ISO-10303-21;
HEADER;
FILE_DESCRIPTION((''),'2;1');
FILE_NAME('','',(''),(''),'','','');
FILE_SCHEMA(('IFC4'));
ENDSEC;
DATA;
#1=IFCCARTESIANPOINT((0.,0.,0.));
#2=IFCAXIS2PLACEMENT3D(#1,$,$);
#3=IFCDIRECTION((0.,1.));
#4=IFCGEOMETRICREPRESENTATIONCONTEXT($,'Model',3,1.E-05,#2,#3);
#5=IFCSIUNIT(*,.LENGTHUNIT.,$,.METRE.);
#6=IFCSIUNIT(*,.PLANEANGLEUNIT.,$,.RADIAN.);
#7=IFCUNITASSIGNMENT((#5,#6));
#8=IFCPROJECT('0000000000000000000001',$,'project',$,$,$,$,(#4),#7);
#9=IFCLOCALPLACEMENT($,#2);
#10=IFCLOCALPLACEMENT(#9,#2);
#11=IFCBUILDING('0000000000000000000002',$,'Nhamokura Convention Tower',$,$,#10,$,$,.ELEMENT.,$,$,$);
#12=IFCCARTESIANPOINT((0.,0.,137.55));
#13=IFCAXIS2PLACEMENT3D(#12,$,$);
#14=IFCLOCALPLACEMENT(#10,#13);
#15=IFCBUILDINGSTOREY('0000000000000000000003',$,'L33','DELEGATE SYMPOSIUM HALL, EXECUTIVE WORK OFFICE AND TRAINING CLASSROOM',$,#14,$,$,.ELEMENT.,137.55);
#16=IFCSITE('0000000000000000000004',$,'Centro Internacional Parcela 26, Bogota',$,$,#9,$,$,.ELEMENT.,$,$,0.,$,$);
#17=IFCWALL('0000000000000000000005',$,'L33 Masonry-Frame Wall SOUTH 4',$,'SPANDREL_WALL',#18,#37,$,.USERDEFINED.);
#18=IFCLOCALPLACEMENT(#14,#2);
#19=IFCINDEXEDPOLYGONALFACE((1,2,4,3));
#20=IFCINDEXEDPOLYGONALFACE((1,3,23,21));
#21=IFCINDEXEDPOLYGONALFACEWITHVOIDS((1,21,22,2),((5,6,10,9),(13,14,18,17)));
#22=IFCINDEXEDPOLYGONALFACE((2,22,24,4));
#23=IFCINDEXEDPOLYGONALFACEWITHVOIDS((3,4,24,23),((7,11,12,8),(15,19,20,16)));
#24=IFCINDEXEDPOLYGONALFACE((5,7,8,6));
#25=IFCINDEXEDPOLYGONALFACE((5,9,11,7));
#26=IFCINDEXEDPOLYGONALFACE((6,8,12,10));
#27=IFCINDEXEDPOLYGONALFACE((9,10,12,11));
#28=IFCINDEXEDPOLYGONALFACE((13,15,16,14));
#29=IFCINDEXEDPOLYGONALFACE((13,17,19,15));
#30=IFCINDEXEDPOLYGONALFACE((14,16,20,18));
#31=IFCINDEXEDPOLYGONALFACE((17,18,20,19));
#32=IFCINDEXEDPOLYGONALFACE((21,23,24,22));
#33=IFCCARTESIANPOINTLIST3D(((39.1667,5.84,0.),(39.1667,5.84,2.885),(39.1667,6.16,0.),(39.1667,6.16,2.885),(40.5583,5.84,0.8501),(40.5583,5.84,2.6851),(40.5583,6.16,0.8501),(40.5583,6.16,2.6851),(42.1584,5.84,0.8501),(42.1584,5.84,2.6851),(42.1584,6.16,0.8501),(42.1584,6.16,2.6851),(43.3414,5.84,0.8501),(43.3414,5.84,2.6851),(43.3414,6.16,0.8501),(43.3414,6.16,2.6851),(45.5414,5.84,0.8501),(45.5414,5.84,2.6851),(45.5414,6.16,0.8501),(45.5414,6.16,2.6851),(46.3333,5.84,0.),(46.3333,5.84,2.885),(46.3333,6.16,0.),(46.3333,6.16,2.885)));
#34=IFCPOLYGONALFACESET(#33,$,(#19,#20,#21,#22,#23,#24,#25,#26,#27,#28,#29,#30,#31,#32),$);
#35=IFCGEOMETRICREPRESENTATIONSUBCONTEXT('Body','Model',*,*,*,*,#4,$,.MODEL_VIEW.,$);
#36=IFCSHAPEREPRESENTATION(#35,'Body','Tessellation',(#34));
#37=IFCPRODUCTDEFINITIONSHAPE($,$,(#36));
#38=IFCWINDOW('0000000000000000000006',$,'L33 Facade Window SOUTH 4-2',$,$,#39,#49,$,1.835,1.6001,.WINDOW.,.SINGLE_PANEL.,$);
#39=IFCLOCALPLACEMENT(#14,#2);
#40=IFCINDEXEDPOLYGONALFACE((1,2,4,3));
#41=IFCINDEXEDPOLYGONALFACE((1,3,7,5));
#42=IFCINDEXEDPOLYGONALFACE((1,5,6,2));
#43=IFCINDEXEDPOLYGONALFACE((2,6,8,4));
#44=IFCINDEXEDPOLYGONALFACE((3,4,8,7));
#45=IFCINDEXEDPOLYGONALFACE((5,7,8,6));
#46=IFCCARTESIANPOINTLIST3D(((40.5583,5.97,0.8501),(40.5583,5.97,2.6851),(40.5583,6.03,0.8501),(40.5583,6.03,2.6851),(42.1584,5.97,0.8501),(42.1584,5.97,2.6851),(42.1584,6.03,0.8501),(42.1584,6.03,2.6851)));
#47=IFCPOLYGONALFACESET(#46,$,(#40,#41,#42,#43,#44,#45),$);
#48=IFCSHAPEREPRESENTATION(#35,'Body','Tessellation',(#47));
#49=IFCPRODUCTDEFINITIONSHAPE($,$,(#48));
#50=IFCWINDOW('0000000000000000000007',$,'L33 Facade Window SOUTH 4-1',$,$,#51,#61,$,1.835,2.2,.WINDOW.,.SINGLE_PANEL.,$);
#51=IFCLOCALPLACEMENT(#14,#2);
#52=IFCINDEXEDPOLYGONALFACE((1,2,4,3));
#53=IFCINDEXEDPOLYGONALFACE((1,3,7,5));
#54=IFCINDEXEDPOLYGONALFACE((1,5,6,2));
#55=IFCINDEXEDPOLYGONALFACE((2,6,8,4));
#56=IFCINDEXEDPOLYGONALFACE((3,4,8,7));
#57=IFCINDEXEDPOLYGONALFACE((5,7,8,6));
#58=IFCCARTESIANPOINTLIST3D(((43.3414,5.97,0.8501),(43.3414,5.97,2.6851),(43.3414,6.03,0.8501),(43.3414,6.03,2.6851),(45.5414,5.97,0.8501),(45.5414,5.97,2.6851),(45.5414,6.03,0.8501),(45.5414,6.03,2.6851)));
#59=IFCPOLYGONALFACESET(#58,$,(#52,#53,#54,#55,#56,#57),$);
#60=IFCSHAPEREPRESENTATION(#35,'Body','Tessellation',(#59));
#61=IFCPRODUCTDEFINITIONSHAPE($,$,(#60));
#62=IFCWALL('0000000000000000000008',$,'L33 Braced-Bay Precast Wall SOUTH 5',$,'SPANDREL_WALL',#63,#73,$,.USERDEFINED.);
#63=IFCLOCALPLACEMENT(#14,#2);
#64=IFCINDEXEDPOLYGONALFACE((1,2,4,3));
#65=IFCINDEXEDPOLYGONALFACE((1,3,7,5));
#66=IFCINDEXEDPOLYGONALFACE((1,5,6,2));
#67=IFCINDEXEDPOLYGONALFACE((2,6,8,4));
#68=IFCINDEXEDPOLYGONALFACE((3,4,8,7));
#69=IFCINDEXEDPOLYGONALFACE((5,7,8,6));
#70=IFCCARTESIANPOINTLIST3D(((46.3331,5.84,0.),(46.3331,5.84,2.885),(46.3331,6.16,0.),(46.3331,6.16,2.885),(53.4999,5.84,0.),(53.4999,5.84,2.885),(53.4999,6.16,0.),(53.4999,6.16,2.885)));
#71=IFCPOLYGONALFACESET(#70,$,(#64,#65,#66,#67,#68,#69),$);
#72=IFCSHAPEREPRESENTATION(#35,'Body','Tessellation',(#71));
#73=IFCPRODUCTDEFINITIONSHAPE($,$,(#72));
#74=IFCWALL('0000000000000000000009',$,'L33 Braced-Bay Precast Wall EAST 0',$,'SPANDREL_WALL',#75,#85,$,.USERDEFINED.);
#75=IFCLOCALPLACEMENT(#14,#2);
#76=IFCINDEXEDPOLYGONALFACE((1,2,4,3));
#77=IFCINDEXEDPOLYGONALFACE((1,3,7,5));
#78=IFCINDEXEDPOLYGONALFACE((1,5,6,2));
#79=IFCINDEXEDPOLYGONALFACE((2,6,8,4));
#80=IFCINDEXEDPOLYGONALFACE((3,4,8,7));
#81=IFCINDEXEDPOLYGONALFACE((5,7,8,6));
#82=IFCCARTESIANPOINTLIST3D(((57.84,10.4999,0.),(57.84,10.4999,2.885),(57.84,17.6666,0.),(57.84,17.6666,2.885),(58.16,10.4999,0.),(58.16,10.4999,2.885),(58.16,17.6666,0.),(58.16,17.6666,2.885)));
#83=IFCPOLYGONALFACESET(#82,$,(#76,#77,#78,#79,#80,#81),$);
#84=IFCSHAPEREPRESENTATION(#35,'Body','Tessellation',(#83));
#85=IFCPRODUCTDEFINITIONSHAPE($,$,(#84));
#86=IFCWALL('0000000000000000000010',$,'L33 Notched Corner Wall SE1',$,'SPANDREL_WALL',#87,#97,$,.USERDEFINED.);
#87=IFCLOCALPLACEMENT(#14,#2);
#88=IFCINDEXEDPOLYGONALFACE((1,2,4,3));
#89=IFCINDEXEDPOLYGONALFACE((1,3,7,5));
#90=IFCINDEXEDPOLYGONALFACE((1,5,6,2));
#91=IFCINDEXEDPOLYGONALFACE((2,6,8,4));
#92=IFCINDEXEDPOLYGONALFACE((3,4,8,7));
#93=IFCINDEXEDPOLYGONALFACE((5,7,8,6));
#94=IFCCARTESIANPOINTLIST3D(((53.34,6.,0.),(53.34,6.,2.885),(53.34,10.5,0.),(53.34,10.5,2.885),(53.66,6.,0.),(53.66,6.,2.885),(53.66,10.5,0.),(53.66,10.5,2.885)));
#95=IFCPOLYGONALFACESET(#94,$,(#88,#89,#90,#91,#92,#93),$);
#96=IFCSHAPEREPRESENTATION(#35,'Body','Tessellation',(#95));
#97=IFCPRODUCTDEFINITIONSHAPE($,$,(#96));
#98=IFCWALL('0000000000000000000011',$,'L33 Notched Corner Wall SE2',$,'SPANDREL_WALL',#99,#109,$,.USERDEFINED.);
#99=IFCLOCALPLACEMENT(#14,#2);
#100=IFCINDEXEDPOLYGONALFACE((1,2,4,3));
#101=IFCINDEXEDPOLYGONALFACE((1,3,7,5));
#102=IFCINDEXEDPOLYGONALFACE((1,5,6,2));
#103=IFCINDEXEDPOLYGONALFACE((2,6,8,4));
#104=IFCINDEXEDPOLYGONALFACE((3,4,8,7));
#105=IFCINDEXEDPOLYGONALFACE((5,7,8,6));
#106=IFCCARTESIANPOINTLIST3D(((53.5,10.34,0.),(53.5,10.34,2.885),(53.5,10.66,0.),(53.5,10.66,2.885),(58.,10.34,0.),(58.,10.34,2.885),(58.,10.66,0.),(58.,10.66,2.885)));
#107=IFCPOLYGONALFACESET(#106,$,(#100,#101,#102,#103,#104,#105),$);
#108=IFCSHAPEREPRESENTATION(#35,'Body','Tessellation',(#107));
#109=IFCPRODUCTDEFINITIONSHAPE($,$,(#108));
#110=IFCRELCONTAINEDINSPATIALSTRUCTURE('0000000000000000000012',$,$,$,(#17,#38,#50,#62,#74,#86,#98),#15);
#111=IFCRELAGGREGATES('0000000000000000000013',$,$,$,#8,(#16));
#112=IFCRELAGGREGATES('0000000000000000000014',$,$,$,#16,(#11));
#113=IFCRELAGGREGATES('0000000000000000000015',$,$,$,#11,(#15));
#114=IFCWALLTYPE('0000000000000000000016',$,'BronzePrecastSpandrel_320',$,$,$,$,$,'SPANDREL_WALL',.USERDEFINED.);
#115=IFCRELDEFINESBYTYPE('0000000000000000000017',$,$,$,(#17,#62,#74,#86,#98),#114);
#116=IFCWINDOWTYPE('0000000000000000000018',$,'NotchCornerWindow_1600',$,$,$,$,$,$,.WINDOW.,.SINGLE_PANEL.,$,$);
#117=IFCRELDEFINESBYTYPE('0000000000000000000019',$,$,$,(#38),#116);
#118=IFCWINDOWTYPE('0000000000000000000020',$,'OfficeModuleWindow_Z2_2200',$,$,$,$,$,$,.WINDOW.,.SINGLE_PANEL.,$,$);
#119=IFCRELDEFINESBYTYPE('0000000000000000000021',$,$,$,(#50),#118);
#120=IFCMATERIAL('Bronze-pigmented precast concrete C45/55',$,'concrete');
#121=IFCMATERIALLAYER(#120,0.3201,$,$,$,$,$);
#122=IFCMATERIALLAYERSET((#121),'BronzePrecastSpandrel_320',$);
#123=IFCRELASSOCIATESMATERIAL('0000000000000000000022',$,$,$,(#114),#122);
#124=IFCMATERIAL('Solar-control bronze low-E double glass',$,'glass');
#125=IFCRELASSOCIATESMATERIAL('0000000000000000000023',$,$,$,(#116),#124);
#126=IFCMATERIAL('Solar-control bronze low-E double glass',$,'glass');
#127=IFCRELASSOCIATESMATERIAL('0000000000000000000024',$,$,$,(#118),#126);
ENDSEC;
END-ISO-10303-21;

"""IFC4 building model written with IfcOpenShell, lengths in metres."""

from ifc_helpers import new_model, si_unit, direction, frame, frame_2d, origin, place, context, subcontext, project, spatial, rectangle, extrude, material, layer, layer_set, type_object, element, fill, save


model = new_model("IFC4")

# Units and contexts
model_context = context("Model", 3, precision=1e-05, world=origin(), true_north=direction((0.0, 1.0)))
body_context = subcontext(model_context, "Body", "Model", "MODEL_VIEW")
ifc_project = project(units=[si_unit("LENGTHUNIT", "METRE"), si_unit("PLANEANGLEUNIT", "RADIAN")], contexts=[model_context])

# Site, building, storey
site_placement = place(None, origin())
site = spatial("IfcSite", under=ifc_project, at=site_placement, Name="Centro Internacional Parcela 26, Bogota", CompositionType="ELEMENT", RefElevation=0.0)
building_placement = place(site_placement, origin())
building = spatial("IfcBuilding", under=site, at=building_placement, Name="Nhamokura Convention Tower", CompositionType="ELEMENT")
storey_placement = place(building_placement, frame((0.0, 0.0, 137.55)))
storey = spatial("IfcBuildingStorey", under=building, at=storey_placement, Name="L33", Description="DELEGATE SYMPOSIUM HALL, EXECUTIVE WORK OFFICE AND TRAINING CLASSROOM", CompositionType="ELEMENT", Elevation=137.55)

# Wall, openings, windows
ifc_material_1 = material(Name="Bronze-pigmented precast concrete C45/55", Category="concrete")
ifc_layer = layer(ifc_material_1, 0.3201)
ifc_layer_set = layer_set([ifc_layer], Name="BronzePrecastSpandrel_320")
wall_type = type_object("IfcWallType", Name="BronzePrecastSpandrel_320", ElementType="SPANDREL_WALL", PredefinedType="USERDEFINED", material=ifc_layer_set)
wall_placement = place(storey_placement, frame((46.3333, 6.0, 0.0), z_axis=(0.0, 0.0, 1.0), x_axis=(-1.0, 0.0, 0.0)))
wall = element("IfcWall", 1, at=wall_placement, inside=storey, type_object=wall_type, Name="L33 Masonry-Frame Wall SOUTH 4", ObjectType="SPANDREL_WALL", PredefinedType="USERDEFINED", context=body_context, shape_type="SweptSolid", body=[
    extrude(rectangle(XDim=7.1665, YDim=0.3201, at=frame_2d((3.5833, 0.0))), origin(), (0.0, 0.0, 1.0), 2.885),
])
opening_1_placement = place(wall_placement, frame((0.7917, 0.0, 0.8501)))
opening_1 = element("IfcOpeningElement", 2, at=opening_1_placement, cuts=wall, PredefinedType="OPENING", context=body_context, shape_type="SweptSolid", body=[
    extrude(rectangle(XDim=2.2, YDim=1.835, at=frame_2d((1.1001, 0.9175))), frame((0.0, 0.1699, 0.0), z_axis=(0.0, -1.0, 0.0), x_axis=(1.0, 0.0, 0.0)), (0.0, 0.0, 1.0), 0.3401),
])
opening_2_placement = place(wall_placement, frame((4.1748, 0.0, 0.8501)))
opening_2 = element("IfcOpeningElement", 3, at=opening_2_placement, cuts=wall, PredefinedType="OPENING", context=body_context, shape_type="SweptSolid", body=[
    extrude(rectangle(XDim=1.6001, YDim=1.835, at=frame_2d((0.8, 0.9175))), frame((0.0, 0.1699, 0.0), z_axis=(0.0, -1.0, 0.0), x_axis=(1.0, 0.0, 0.0)), (0.0, 0.0, 1.0), 0.3401),
])
ifc_material_2 = material(Name="Solar-control bronze low-E double glass", Category="glass")
window_type_1 = type_object("IfcWindowType", Name="NotchCornerWindow_1600", PartitioningType="SINGLE_PANEL", PredefinedType="WINDOW", material=ifc_material_2)
window_1_placement = place(opening_2_placement, origin())
window_1 = element("IfcWindow", 4, at=window_1_placement, inside=storey, type_object=window_type_1, Name="L33 Facade Window SOUTH 4-2", OverallHeight=1.835, OverallWidth=1.6001, PartitioningType="SINGLE_PANEL", PredefinedType="WINDOW", context=body_context, shape_type="SweptSolid", body=[
    extrude(rectangle(XDim=1.6001, YDim=1.835, at=frame_2d((0.8, 0.9175))), frame((0.0, 0.03, 0.0), z_axis=(0.0, -1.0, 0.0), x_axis=(1.0, 0.0, 0.0)), (0.0, 0.0, 1.0), 0.0601),
])
fill(opening_2, window_1)
ifc_material_3 = material(Name="Solar-control bronze low-E double glass", Category="glass")
window_type_2 = type_object("IfcWindowType", Name="OfficeModuleWindow_Z2_2200", PartitioningType="SINGLE_PANEL", PredefinedType="WINDOW", material=ifc_material_3)
window_2_placement = place(opening_1_placement, origin())
window_2 = element("IfcWindow", 5, at=window_2_placement, inside=storey, type_object=window_type_2, Name="L33 Facade Window SOUTH 4-1", OverallHeight=1.835, OverallWidth=2.2, PartitioningType="SINGLE_PANEL", PredefinedType="WINDOW", context=body_context, shape_type="SweptSolid", body=[
    extrude(rectangle(XDim=2.2, YDim=1.835, at=frame_2d((1.1001, 0.9175))), frame((0.0, 0.03, 0.0), z_axis=(0.0, -1.0, 0.0), x_axis=(1.0, 0.0, 0.0)), (0.0, 0.0, 1.0), 0.0601),
])
fill(opening_1, window_2)

# Walls
for number, where, z_axis, x_axis, name in (
    (6, (53.5, 6.0, 0.0), (0.0, 0.0, 1.0), (-1.0, 0.0, 0.0), "L33 Braced-Bay Precast Wall SOUTH 5"),
    (7, (58.0, 17.6667, 0.0), (0.0, 0.0, 1.0), (0.0, -1.0, 0.0), "L33 Braced-Bay Precast Wall EAST 0"),
):
    element("IfcWall", number, at=place(storey_placement, frame(where, z_axis=z_axis, x_axis=x_axis)), inside=storey, type_object=wall_type, Name=name, ObjectType="SPANDREL_WALL", PredefinedType="USERDEFINED", context=body_context, shape_type="SweptSolid", body=[
        extrude(rectangle(XDim=7.1667, YDim=0.3201, at=frame_2d((3.5835, 0.0))), origin(), (0.0, 0.0, 1.0), 2.885),
    ])
for number, where, z_axis, x_axis, name in (
    (8, (53.5, 10.5, 0.0), (0.0, 0.0, 1.0), (0.0, -1.0, 0.0), "L33 Notched Corner Wall SE1"),
    (9, (58.0, 10.5, 0.0), (0.0, 0.0, 1.0), (-1.0, 0.0, 0.0), "L33 Notched Corner Wall SE2"),
):
    element("IfcWall", number, at=place(storey_placement, frame(where, z_axis=z_axis, x_axis=x_axis)), inside=storey, type_object=wall_type, Name=name, ObjectType="SPANDREL_WALL", PredefinedType="USERDEFINED", context=body_context, shape_type="SweptSolid", body=[
        extrude(rectangle(XDim=4.5, YDim=0.3201, at=frame_2d((2.25, 0.0))), origin(), (0.0, 0.0, 1.0), 2.885),
    ])

save(model, "model.ifc")
